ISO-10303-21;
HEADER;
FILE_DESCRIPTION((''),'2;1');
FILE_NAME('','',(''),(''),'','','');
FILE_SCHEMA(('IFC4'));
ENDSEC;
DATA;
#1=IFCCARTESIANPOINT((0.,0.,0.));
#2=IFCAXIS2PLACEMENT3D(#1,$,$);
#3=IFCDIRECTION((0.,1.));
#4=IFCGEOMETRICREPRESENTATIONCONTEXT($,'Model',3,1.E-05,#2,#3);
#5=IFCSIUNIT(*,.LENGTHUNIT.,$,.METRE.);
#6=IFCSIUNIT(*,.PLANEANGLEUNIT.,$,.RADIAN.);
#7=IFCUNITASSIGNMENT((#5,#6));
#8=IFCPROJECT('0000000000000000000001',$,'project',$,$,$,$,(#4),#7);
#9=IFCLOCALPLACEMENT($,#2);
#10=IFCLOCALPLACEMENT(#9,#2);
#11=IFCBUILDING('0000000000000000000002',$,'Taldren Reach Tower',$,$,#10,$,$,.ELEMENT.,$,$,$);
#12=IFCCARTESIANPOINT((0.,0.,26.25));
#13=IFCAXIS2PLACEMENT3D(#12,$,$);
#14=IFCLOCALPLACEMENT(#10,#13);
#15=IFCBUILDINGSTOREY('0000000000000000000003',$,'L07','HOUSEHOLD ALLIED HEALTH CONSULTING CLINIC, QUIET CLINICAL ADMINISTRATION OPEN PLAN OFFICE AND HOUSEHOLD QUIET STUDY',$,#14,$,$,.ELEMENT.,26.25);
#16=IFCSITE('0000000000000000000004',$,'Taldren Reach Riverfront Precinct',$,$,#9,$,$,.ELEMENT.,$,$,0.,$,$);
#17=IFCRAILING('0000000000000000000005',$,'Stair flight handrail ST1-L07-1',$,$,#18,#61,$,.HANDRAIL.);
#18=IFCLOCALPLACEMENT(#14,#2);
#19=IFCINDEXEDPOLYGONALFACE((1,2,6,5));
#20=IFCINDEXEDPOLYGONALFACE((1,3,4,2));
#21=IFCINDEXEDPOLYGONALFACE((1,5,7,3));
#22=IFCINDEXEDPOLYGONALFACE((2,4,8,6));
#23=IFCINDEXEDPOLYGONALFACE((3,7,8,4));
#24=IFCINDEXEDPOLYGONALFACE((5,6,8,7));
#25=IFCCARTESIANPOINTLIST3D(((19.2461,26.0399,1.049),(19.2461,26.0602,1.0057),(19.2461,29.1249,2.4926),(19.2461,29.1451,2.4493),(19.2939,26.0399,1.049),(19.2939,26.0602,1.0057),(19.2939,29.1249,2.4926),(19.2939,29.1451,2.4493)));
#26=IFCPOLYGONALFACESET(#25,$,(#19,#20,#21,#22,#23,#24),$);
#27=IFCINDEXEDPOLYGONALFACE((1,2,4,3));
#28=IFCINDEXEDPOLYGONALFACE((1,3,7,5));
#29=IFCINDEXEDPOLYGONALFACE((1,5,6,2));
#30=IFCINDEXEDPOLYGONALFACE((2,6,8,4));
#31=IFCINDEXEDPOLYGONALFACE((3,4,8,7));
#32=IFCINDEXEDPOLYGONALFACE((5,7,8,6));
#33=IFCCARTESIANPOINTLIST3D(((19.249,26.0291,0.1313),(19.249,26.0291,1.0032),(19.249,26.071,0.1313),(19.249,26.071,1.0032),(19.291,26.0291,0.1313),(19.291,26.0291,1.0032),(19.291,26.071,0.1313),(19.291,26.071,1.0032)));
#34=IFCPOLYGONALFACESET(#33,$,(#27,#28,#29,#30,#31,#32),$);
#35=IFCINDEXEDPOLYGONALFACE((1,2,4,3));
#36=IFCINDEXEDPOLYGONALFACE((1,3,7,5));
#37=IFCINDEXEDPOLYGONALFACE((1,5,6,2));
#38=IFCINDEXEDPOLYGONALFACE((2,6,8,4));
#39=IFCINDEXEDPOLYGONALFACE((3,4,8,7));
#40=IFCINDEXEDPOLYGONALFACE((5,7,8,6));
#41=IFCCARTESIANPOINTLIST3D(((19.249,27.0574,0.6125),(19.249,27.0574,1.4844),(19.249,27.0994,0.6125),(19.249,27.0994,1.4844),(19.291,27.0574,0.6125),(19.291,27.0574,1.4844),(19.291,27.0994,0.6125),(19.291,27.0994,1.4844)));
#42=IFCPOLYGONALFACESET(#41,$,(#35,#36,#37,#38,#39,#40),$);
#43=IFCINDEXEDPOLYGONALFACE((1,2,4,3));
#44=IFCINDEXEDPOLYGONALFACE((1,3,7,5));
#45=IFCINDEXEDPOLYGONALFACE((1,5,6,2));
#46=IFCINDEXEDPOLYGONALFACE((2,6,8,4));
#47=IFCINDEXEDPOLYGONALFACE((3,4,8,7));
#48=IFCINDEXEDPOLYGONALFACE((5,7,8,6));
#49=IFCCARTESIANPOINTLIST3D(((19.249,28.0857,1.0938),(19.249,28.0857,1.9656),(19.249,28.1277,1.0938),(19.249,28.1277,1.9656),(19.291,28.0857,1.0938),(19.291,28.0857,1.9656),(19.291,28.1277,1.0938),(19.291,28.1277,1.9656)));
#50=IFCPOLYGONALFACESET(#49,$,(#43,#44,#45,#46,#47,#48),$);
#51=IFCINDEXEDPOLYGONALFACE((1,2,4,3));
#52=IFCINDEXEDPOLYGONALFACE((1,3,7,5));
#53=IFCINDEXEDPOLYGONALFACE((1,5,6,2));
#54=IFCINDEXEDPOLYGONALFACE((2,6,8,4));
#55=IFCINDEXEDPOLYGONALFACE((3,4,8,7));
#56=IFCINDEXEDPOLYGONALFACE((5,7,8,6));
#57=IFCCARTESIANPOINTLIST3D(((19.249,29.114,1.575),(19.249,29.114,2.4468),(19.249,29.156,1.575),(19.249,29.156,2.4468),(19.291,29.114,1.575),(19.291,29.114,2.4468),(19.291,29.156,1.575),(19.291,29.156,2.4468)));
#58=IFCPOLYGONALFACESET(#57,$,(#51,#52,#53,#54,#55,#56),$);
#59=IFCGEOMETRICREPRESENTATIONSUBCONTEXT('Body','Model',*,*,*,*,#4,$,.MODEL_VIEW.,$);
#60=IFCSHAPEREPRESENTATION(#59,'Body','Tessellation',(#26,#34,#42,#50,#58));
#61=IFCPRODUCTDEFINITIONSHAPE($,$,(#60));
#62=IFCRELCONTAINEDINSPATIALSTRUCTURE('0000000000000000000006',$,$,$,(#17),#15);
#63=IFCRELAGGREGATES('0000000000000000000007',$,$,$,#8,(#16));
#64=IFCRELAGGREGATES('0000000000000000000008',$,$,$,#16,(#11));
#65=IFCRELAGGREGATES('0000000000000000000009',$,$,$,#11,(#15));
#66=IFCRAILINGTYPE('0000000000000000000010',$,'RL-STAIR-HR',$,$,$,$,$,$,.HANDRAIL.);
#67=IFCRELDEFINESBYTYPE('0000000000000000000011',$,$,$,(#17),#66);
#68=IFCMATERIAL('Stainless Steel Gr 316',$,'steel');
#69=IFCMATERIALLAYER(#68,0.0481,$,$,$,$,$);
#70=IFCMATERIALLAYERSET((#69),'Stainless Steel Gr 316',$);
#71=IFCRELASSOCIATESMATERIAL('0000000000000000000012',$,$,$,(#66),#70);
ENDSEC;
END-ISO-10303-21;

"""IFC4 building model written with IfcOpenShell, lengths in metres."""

from ifc_helpers import new_model, si_unit, direction, frame, origin, origin_2d, place, context, subcontext, project, spatial, rectangle, extrude, material, layer, layer_set, type_object, element, save


model = new_model("IFC4")

# Units and contexts
model_context = context("Model", 3, precision=1e-05, world=origin(), true_north=direction((0.0, 1.0)))
body_context = subcontext(model_context, "Body", "Model", "MODEL_VIEW")
ifc_project = project(units=[si_unit("LENGTHUNIT", "METRE"), si_unit("PLANEANGLEUNIT", "RADIAN")], contexts=[model_context])

# Site, building, storey
site_placement = place(None, origin())
site = spatial("IfcSite", under=ifc_project, at=site_placement, Name="Taldren Reach Riverfront Precinct", CompositionType="ELEMENT", RefElevation=0.0)
building_placement = place(site_placement, origin())
building = spatial("IfcBuilding", under=site, at=building_placement, Name="Taldren Reach Tower", CompositionType="ELEMENT")
storey_placement = place(building_placement, frame((0.0, 0.0, 26.25)))
storey = spatial("IfcBuildingStorey", under=building, at=storey_placement, Name="L07", Description="HOUSEHOLD ALLIED HEALTH CONSULTING CLINIC, QUIET CLINICAL ADMINISTRATION OPEN PLAN OFFICE AND HOUSEHOLD QUIET STUDY", CompositionType="ELEMENT", Elevation=26.25)

# Railing
ifc_material_1 = material(Name="Stainless Steel Gr 316", Category="steel")
ifc_layer_1 = layer(ifc_material_1, 0.0481)
ifc_layer_set_1 = layer_set([ifc_layer_1], Name="Stainless Steel Gr 316")
railing_type_1 = type_object("IfcRailingType", Name="RL-STAIR-HR", PredefinedType="HANDRAIL", material=ifc_layer_set_1)
railing_1_placement = place(storey_placement, frame((19.27, 26.05, 0.1313)))
element("IfcRailing", 1, at=railing_1_placement, inside=storey, type_object=railing_type_1, Name="Stair flight handrail ST1-L07-1", PredefinedType="HANDRAIL", context=body_context, shape_type="SweptSolid", body=[
    extrude(rectangle(XDim=0.0479, YDim=0.0479, at=origin_2d()), frame((0.0, 0.0, 0.896), z_axis=(0.0, 0.905738, 0.423839), x_axis=(-1.0, 0.0, 0.0)), (0.0, 0.0, 1.0), 3.406),
    extrude(rectangle(XDim=0.042, YDim=0.042, at=origin_2d()), origin(), (0.0, 0.0, 1.0), 0.8718),
    extrude(rectangle(XDim=0.042, YDim=0.042, at=origin_2d()), frame((0.0, 1.0283, 0.4812)), (0.0, 0.0, 1.0), 0.8718),
    extrude(rectangle(XDim=0.042, YDim=0.042, at=origin_2d()), frame((0.0, 2.0566, 0.9624)), (0.0, 0.0, 1.0), 0.8718),
    extrude(rectangle(XDim=0.042, YDim=0.042, at=origin_2d()), frame((0.0, 3.085, 1.4436)), (0.0, 0.0, 1.0), 0.8718),
])

save(model, "model.ifc")
